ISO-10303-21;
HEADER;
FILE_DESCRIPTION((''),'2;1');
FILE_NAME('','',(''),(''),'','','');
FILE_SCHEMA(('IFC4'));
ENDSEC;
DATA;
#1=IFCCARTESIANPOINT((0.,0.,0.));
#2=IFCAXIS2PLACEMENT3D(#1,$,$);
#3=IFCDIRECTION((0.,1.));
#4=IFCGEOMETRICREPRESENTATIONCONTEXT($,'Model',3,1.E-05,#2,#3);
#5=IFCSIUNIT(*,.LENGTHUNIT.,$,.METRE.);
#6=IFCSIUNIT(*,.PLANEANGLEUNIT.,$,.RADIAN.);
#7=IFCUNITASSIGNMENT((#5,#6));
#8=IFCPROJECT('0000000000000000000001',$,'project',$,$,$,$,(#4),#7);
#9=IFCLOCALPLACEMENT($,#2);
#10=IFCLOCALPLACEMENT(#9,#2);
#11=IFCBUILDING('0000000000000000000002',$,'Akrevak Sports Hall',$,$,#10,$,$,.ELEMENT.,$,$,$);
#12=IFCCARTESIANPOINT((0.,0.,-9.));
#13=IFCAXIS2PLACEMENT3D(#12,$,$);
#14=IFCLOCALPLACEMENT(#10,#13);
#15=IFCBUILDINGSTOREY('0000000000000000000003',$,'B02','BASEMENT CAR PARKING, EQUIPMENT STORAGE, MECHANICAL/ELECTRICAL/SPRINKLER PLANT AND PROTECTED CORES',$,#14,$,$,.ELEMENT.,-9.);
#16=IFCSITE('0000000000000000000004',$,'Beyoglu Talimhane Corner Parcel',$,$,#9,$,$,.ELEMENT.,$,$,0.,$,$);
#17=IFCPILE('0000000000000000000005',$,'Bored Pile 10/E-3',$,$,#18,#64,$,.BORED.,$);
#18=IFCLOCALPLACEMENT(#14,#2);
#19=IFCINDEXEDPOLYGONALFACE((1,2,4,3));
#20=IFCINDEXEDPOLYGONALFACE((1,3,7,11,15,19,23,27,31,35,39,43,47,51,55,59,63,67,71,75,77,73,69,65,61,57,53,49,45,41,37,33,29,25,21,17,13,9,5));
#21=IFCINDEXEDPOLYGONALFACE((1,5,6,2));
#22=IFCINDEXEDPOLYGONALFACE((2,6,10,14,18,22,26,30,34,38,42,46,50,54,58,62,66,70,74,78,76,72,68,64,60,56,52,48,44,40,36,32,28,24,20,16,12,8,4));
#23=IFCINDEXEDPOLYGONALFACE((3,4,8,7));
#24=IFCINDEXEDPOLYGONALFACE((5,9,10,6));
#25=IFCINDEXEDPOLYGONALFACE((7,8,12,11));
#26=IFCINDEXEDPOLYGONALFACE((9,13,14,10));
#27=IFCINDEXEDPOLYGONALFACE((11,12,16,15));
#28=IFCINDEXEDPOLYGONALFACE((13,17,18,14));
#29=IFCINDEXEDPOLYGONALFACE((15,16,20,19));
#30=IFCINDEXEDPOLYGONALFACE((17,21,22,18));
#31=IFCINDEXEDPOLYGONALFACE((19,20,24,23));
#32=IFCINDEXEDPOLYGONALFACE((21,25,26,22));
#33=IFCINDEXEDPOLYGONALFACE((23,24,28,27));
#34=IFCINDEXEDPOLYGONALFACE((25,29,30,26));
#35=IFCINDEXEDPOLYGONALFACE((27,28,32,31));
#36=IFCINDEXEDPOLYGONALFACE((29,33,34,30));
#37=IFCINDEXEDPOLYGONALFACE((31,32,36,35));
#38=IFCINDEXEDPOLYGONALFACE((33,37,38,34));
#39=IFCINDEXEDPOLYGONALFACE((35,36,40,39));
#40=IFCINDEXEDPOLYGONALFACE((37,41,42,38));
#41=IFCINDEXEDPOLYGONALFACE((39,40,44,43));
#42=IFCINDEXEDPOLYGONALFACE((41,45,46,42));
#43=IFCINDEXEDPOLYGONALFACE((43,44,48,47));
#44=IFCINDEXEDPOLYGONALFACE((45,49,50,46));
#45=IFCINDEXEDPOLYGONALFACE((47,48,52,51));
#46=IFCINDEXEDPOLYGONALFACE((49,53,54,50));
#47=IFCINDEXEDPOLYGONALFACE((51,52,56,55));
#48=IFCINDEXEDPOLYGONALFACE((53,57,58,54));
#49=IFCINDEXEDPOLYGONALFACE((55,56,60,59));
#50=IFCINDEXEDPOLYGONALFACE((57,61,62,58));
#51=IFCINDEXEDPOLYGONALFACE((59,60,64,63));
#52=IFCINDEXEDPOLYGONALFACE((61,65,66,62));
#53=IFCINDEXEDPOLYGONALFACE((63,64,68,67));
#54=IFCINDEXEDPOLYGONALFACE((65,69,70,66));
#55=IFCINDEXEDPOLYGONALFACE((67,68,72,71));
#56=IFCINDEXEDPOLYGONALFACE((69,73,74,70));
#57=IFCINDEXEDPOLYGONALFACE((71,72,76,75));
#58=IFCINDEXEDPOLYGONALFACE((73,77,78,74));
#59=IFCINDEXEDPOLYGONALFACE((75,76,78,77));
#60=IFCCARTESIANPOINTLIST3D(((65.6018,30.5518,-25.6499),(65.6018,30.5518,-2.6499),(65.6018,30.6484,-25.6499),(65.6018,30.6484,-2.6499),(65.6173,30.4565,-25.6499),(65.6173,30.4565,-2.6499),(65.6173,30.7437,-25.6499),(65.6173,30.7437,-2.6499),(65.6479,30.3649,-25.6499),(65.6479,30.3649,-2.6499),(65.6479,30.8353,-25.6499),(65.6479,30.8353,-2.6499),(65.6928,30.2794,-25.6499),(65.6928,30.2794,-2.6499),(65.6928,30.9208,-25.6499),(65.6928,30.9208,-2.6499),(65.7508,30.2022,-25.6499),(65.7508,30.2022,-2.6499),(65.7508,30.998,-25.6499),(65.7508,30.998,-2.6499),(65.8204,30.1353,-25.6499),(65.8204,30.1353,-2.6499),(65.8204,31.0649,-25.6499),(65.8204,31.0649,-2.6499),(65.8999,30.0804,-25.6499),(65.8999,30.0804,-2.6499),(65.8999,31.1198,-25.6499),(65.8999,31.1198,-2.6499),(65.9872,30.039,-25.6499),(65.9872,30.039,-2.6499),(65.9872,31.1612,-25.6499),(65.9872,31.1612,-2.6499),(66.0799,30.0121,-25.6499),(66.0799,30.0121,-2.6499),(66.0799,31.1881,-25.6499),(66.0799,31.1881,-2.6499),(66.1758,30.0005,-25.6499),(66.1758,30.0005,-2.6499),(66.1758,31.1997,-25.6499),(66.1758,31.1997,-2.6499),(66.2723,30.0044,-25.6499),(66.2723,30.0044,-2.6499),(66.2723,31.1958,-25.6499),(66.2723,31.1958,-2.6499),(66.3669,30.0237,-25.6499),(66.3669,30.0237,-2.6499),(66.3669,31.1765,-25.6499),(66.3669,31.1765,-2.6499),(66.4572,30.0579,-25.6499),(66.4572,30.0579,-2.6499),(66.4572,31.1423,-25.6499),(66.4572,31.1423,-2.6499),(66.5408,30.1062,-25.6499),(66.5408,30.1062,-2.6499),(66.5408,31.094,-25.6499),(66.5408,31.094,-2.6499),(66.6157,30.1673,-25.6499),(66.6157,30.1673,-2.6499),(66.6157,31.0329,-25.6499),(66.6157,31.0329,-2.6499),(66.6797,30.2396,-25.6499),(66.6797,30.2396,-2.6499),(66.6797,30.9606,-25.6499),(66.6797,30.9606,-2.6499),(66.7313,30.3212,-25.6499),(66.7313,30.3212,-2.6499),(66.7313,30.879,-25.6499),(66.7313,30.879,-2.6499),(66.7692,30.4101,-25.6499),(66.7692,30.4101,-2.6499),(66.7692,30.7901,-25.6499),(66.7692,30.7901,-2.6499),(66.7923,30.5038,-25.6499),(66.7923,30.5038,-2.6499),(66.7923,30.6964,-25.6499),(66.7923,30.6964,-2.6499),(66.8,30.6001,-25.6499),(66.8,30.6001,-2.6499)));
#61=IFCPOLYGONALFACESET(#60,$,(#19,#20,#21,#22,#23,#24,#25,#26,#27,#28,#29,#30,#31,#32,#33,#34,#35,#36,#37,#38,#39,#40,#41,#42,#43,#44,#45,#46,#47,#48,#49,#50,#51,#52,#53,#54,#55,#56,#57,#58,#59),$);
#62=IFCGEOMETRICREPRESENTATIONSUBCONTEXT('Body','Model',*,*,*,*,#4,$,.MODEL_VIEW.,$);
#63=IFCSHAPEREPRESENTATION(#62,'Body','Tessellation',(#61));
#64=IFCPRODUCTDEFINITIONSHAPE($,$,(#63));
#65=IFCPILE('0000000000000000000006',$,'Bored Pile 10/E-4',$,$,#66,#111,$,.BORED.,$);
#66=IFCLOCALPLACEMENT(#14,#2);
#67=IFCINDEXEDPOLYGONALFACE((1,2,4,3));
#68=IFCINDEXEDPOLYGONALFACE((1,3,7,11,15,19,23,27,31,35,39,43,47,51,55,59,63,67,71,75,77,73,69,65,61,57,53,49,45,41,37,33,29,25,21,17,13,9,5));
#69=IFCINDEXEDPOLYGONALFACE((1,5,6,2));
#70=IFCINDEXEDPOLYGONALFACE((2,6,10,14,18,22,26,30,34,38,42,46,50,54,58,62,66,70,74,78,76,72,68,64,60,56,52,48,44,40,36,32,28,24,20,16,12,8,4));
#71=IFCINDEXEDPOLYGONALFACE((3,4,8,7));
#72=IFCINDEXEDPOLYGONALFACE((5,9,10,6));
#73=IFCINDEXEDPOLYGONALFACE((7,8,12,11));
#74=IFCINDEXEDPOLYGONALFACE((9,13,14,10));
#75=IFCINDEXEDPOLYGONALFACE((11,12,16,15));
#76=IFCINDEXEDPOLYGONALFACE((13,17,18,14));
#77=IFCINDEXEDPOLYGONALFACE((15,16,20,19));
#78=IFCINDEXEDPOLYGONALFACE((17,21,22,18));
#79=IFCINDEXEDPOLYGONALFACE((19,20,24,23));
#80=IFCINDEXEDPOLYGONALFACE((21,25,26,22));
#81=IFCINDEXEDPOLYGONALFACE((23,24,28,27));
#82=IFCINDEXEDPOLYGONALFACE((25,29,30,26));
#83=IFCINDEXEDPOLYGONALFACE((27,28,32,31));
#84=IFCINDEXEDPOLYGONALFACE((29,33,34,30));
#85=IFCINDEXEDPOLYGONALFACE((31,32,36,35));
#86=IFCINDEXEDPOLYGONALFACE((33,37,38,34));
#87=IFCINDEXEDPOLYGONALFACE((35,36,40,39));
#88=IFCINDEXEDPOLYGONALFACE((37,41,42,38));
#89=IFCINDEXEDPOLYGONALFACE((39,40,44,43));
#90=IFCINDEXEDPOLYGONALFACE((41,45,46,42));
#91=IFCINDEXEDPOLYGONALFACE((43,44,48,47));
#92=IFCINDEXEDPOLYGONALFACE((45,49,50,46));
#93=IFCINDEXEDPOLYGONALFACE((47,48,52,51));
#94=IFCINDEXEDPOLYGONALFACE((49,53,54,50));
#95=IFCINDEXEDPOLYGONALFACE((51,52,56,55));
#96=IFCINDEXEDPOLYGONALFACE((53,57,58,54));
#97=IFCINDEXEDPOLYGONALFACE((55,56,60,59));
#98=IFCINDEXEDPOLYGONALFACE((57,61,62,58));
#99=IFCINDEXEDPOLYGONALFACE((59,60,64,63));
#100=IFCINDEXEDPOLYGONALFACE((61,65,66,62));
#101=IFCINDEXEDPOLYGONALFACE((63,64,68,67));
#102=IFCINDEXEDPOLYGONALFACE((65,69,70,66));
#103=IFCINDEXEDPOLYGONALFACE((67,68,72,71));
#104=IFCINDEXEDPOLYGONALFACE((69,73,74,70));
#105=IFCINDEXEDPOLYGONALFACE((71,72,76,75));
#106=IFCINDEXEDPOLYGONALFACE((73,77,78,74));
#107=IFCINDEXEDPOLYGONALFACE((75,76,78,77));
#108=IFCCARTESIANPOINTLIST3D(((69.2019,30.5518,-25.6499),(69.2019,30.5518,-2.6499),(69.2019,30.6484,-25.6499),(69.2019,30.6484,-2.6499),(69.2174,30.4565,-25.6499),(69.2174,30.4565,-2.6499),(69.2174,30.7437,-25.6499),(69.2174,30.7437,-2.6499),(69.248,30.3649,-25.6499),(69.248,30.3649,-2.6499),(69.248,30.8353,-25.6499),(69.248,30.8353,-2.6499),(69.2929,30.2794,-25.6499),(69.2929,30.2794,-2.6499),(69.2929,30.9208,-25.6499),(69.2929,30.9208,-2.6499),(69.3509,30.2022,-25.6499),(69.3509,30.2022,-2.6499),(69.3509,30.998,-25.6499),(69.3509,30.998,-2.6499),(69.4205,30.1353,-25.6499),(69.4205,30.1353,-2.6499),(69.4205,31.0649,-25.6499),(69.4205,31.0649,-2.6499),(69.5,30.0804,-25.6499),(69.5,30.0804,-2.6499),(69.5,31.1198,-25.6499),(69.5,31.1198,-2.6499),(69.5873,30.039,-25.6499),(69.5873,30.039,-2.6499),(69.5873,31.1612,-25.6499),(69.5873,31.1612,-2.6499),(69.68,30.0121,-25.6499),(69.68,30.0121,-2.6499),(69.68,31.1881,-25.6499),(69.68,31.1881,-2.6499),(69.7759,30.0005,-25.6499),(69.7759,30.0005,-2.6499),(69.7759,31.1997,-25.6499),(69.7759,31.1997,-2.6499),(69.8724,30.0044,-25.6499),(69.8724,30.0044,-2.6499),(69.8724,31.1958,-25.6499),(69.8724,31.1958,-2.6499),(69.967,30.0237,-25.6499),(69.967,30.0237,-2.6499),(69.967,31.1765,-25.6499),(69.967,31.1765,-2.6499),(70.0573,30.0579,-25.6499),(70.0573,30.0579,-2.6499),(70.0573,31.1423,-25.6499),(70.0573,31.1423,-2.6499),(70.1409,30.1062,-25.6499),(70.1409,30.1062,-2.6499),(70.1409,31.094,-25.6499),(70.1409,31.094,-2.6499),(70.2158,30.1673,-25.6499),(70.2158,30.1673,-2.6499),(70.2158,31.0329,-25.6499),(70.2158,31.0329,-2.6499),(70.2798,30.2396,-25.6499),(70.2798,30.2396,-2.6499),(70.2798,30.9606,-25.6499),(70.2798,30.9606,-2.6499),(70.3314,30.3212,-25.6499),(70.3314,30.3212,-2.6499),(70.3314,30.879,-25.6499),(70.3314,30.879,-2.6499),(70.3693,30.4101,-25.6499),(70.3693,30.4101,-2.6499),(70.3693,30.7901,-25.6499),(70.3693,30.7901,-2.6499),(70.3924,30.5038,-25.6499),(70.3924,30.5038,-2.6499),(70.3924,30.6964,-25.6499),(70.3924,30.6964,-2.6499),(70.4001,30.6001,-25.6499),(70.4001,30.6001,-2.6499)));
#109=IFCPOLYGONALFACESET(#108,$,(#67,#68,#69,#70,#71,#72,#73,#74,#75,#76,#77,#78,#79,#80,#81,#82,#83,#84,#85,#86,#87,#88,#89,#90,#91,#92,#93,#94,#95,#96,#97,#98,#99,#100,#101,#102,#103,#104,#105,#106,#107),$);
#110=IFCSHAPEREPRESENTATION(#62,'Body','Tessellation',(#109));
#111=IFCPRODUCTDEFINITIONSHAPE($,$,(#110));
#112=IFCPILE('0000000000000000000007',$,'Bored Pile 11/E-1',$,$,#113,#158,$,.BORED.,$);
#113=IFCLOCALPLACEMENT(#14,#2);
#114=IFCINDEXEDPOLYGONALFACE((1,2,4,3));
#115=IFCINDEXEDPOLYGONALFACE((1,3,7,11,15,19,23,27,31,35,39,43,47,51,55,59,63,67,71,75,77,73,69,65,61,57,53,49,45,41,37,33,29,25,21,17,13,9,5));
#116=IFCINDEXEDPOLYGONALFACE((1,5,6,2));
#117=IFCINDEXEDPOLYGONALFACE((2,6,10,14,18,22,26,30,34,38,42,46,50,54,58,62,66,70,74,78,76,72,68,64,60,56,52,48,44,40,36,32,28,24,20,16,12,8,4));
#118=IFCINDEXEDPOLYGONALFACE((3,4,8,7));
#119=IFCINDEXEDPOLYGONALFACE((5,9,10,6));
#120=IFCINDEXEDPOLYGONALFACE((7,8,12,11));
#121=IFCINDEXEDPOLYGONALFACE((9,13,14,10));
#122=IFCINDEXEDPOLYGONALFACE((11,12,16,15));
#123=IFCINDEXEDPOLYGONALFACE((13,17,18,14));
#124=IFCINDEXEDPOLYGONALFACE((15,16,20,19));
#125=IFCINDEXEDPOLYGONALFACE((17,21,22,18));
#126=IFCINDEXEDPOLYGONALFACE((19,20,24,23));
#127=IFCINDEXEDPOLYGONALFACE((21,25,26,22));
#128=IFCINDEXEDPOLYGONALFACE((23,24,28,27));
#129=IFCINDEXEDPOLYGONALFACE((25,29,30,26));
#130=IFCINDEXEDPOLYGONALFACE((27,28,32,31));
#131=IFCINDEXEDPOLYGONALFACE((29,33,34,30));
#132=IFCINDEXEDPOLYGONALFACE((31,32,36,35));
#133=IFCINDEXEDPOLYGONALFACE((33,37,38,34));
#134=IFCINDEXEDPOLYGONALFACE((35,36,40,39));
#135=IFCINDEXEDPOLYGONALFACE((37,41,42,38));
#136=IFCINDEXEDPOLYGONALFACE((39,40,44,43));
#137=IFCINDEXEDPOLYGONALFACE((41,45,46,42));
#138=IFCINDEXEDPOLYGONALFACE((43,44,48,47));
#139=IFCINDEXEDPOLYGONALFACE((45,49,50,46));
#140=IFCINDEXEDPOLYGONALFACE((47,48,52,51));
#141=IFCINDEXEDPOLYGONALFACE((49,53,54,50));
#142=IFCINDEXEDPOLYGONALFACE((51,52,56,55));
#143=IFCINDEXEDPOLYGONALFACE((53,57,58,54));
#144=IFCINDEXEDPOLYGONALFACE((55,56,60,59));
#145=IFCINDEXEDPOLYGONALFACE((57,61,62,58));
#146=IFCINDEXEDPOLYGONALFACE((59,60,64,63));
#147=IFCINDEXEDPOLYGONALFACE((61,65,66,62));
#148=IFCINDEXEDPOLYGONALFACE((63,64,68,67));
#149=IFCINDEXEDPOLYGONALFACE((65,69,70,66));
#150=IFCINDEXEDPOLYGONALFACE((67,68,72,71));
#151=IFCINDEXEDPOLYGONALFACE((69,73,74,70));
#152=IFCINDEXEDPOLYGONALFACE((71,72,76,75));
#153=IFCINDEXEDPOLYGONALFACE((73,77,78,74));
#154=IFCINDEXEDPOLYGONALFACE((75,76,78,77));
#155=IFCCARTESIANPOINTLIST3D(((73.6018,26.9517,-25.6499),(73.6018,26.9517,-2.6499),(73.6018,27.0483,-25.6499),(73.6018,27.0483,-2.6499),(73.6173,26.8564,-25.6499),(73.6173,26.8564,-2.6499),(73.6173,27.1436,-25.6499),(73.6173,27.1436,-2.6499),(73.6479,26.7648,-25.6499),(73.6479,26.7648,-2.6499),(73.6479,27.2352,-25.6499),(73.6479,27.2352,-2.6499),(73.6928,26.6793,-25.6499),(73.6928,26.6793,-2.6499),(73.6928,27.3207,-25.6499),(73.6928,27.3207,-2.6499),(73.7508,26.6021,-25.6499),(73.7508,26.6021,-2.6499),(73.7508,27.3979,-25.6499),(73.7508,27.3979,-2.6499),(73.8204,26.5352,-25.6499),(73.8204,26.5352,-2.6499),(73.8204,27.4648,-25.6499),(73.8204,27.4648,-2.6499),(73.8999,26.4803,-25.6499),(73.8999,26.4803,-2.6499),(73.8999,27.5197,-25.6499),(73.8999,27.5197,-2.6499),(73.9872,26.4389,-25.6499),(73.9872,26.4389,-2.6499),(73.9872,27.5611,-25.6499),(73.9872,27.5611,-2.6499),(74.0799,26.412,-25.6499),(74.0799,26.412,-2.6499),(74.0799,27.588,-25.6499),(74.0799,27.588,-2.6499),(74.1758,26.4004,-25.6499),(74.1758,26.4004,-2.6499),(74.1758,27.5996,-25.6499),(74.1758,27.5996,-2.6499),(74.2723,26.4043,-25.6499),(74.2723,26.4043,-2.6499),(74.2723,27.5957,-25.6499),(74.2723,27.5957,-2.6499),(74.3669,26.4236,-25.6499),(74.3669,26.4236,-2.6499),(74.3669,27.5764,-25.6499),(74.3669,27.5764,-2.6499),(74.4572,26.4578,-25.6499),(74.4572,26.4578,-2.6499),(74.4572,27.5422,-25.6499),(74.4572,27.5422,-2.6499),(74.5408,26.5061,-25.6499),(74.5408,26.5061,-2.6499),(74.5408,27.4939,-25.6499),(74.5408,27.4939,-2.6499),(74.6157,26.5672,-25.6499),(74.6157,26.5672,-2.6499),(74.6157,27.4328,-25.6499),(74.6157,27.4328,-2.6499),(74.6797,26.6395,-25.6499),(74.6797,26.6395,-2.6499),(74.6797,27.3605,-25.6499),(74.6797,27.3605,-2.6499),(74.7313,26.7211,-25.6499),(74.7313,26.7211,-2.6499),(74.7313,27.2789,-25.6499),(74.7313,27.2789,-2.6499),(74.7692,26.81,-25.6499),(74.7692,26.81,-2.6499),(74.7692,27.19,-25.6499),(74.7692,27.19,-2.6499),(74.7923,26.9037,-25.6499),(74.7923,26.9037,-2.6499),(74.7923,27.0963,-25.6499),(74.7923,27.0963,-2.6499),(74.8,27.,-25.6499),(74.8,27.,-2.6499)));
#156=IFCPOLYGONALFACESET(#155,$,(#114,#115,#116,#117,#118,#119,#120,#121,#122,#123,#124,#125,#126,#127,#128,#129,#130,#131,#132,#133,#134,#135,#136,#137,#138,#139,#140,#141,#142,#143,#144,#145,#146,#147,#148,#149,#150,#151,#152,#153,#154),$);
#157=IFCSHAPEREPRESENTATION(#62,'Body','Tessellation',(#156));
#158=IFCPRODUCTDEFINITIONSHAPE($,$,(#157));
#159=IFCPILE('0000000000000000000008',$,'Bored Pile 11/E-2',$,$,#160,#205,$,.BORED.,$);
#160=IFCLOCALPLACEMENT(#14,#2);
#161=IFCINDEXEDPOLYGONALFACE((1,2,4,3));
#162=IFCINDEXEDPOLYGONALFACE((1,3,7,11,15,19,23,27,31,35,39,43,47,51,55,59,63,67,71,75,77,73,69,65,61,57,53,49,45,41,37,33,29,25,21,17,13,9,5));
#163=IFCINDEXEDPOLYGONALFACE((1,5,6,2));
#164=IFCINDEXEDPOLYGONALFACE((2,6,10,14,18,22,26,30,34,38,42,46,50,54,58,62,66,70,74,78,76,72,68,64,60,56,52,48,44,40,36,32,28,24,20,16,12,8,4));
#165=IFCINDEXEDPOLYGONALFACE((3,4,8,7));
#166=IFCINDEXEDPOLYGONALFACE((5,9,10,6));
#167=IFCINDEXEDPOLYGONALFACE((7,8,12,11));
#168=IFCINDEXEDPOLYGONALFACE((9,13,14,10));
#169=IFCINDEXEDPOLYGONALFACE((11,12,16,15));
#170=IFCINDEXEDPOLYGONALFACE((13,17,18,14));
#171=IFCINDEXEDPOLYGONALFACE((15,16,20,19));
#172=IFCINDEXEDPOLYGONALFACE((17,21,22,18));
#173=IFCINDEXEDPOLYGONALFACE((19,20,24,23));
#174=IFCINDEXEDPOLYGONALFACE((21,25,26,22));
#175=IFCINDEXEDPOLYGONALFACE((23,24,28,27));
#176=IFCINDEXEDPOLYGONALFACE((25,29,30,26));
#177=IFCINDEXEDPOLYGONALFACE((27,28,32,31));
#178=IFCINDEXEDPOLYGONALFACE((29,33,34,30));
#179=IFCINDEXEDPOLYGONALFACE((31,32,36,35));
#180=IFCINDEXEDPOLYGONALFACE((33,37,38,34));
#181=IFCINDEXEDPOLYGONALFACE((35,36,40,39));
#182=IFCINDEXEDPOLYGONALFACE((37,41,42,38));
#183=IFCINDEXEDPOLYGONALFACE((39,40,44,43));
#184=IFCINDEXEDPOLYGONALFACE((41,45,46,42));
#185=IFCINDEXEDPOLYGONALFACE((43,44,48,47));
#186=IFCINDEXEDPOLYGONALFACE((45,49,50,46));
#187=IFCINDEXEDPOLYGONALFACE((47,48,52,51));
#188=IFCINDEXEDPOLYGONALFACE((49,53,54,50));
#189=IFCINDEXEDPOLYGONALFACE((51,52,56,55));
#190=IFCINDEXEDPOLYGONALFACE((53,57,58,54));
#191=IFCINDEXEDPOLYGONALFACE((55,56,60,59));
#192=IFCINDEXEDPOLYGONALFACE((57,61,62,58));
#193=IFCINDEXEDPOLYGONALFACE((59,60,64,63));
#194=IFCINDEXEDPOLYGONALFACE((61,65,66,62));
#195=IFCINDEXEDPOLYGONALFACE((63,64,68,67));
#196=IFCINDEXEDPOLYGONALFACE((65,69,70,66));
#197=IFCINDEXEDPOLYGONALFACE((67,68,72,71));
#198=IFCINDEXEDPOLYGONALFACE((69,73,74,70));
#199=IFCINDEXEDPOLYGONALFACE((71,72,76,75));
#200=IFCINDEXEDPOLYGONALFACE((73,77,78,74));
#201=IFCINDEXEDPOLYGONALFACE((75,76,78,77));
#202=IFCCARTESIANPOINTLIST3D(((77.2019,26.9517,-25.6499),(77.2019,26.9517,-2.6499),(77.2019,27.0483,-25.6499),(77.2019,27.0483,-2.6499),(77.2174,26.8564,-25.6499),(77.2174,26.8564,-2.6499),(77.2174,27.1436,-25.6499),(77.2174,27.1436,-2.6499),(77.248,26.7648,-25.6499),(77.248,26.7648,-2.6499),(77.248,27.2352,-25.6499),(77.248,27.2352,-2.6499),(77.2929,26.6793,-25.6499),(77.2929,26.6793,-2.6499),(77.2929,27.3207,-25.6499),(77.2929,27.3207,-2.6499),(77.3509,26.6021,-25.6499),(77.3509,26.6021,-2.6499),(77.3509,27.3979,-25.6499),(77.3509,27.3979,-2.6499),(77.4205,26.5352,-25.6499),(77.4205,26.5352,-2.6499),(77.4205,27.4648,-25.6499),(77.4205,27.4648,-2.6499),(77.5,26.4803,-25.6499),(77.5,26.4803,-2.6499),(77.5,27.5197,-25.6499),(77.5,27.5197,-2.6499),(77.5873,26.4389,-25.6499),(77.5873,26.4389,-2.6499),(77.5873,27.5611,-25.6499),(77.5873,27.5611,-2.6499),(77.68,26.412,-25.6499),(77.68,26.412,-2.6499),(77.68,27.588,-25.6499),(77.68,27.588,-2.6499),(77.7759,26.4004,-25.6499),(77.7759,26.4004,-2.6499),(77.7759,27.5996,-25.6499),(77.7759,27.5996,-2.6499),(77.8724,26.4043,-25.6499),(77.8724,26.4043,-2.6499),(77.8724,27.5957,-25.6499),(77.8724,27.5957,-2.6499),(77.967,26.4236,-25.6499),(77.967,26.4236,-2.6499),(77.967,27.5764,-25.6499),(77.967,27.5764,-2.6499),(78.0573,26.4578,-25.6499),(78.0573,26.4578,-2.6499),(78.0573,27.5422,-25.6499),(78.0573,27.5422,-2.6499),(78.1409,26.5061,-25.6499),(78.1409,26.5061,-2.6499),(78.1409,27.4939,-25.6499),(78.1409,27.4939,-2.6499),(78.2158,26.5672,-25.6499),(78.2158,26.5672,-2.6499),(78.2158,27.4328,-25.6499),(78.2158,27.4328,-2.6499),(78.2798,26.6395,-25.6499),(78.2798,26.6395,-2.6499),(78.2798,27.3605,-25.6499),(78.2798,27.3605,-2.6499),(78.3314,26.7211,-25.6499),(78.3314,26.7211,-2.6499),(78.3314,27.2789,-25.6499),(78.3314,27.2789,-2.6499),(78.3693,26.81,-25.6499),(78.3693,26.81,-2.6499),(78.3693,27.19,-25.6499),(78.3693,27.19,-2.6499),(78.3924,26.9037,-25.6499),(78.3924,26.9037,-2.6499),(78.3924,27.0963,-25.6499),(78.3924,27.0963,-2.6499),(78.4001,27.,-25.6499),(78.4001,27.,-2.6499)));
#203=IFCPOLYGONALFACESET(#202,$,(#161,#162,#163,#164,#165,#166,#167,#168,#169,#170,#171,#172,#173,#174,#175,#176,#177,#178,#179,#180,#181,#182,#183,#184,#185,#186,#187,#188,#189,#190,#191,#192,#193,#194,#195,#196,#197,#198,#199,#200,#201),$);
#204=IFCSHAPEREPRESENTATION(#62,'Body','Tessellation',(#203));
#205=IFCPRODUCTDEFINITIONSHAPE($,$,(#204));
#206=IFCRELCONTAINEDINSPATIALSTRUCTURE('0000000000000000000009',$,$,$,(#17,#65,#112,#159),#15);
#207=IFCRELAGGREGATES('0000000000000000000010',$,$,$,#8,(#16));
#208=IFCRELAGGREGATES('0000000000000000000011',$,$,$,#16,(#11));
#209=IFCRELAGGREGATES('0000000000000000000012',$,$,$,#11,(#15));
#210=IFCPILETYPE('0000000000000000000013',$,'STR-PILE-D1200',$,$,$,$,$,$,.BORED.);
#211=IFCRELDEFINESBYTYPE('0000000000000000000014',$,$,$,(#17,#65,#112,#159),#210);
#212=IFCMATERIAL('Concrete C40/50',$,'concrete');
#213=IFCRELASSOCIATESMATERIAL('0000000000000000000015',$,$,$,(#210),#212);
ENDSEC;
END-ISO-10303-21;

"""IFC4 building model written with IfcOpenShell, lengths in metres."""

from ifc_helpers import new_model, si_unit, direction, frame, origin, origin_2d, place, context, subcontext, project, spatial, circle, extrude, material, material_profile, profile_set, type_object, element, save


model = new_model("IFC4")

# Units and contexts
model_context = context("Model", 3, precision=1e-05, world=origin(), true_north=direction((0.0, 1.0)))
body_context = subcontext(model_context, "Body", "Model", "MODEL_VIEW")
ifc_project = project(units=[si_unit("LENGTHUNIT", "METRE"), si_unit("PLANEANGLEUNIT", "RADIAN")], contexts=[model_context])

# Site, building, storey
site_placement = place(None, origin())
site = spatial("IfcSite", under=ifc_project, at=site_placement, Name="Beyoglu Talimhane Corner Parcel", CompositionType="ELEMENT", RefElevation=0.0)
building_placement = place(site_placement, origin())
building = spatial("IfcBuilding", under=site, at=building_placement, Name="Akrevak Sports Hall", CompositionType="ELEMENT")
storey_placement = place(building_placement, frame((0.0, 0.0, -9.0)))
storey = spatial("IfcBuildingStorey", under=building, at=storey_placement, Name="B02", Description="BASEMENT CAR PARKING, EQUIPMENT STORAGE, MECHANICAL/ELECTRICAL/SPRINKLER PLANT AND PROTECTED CORES", CompositionType="ELEMENT", Elevation=-9.0)

# Shared definitions
ifc_material_1 = material(Name="Concrete C40/50", Category="concrete")

# Piles
ifc_material_profile_1 = material_profile(ifc_material_1, circle(Radius=0.6001, at=origin_2d()), Name="BORED PILE D1200", Category="concrete")
ifc_profile_set_1 = profile_set([ifc_material_profile_1], Name="Concrete C40/50")
pile_type_1 = type_object("IfcPileType", Name="STR-PILE-D1200", PredefinedType="BORED", material=ifc_profile_set_1)
for number, where, z_axis, x_axis, name in (
    (1, (66.2, 30.6001, -2.6499), (0.0, 0.0, -1.0), (1.0, 0.0, 0.0), "Bored Pile 10/E-3"),
    (2, (69.8, 30.6001, -2.6499), (0.0, 0.0, -1.0), (1.0, 0.0, 0.0), "Bored Pile 10/E-4"),
    (3, (74.2, 27.0, -2.6499), (0.0, 0.0, -1.0), (1.0, 0.0, 0.0), "Bored Pile 11/E-1"),
    (4, (77.8, 27.0, -2.6499), (0.0, 0.0, -1.0), (1.0, 0.0, 0.0), "Bored Pile 11/E-2"),
):
    element("IfcPile", number, at=place(storey_placement, frame(where, z_axis=z_axis, x_axis=x_axis)), inside=storey, type_object=pile_type_1, Name=name, PredefinedType="BORED", context=body_context, shape_type="SweptSolid", body=[
        extrude(circle(Radius=0.6001, at=origin_2d()), origin(), (0.0, 0.0, 1.0), 23.0),
    ])

save(model, "model.ifc")
